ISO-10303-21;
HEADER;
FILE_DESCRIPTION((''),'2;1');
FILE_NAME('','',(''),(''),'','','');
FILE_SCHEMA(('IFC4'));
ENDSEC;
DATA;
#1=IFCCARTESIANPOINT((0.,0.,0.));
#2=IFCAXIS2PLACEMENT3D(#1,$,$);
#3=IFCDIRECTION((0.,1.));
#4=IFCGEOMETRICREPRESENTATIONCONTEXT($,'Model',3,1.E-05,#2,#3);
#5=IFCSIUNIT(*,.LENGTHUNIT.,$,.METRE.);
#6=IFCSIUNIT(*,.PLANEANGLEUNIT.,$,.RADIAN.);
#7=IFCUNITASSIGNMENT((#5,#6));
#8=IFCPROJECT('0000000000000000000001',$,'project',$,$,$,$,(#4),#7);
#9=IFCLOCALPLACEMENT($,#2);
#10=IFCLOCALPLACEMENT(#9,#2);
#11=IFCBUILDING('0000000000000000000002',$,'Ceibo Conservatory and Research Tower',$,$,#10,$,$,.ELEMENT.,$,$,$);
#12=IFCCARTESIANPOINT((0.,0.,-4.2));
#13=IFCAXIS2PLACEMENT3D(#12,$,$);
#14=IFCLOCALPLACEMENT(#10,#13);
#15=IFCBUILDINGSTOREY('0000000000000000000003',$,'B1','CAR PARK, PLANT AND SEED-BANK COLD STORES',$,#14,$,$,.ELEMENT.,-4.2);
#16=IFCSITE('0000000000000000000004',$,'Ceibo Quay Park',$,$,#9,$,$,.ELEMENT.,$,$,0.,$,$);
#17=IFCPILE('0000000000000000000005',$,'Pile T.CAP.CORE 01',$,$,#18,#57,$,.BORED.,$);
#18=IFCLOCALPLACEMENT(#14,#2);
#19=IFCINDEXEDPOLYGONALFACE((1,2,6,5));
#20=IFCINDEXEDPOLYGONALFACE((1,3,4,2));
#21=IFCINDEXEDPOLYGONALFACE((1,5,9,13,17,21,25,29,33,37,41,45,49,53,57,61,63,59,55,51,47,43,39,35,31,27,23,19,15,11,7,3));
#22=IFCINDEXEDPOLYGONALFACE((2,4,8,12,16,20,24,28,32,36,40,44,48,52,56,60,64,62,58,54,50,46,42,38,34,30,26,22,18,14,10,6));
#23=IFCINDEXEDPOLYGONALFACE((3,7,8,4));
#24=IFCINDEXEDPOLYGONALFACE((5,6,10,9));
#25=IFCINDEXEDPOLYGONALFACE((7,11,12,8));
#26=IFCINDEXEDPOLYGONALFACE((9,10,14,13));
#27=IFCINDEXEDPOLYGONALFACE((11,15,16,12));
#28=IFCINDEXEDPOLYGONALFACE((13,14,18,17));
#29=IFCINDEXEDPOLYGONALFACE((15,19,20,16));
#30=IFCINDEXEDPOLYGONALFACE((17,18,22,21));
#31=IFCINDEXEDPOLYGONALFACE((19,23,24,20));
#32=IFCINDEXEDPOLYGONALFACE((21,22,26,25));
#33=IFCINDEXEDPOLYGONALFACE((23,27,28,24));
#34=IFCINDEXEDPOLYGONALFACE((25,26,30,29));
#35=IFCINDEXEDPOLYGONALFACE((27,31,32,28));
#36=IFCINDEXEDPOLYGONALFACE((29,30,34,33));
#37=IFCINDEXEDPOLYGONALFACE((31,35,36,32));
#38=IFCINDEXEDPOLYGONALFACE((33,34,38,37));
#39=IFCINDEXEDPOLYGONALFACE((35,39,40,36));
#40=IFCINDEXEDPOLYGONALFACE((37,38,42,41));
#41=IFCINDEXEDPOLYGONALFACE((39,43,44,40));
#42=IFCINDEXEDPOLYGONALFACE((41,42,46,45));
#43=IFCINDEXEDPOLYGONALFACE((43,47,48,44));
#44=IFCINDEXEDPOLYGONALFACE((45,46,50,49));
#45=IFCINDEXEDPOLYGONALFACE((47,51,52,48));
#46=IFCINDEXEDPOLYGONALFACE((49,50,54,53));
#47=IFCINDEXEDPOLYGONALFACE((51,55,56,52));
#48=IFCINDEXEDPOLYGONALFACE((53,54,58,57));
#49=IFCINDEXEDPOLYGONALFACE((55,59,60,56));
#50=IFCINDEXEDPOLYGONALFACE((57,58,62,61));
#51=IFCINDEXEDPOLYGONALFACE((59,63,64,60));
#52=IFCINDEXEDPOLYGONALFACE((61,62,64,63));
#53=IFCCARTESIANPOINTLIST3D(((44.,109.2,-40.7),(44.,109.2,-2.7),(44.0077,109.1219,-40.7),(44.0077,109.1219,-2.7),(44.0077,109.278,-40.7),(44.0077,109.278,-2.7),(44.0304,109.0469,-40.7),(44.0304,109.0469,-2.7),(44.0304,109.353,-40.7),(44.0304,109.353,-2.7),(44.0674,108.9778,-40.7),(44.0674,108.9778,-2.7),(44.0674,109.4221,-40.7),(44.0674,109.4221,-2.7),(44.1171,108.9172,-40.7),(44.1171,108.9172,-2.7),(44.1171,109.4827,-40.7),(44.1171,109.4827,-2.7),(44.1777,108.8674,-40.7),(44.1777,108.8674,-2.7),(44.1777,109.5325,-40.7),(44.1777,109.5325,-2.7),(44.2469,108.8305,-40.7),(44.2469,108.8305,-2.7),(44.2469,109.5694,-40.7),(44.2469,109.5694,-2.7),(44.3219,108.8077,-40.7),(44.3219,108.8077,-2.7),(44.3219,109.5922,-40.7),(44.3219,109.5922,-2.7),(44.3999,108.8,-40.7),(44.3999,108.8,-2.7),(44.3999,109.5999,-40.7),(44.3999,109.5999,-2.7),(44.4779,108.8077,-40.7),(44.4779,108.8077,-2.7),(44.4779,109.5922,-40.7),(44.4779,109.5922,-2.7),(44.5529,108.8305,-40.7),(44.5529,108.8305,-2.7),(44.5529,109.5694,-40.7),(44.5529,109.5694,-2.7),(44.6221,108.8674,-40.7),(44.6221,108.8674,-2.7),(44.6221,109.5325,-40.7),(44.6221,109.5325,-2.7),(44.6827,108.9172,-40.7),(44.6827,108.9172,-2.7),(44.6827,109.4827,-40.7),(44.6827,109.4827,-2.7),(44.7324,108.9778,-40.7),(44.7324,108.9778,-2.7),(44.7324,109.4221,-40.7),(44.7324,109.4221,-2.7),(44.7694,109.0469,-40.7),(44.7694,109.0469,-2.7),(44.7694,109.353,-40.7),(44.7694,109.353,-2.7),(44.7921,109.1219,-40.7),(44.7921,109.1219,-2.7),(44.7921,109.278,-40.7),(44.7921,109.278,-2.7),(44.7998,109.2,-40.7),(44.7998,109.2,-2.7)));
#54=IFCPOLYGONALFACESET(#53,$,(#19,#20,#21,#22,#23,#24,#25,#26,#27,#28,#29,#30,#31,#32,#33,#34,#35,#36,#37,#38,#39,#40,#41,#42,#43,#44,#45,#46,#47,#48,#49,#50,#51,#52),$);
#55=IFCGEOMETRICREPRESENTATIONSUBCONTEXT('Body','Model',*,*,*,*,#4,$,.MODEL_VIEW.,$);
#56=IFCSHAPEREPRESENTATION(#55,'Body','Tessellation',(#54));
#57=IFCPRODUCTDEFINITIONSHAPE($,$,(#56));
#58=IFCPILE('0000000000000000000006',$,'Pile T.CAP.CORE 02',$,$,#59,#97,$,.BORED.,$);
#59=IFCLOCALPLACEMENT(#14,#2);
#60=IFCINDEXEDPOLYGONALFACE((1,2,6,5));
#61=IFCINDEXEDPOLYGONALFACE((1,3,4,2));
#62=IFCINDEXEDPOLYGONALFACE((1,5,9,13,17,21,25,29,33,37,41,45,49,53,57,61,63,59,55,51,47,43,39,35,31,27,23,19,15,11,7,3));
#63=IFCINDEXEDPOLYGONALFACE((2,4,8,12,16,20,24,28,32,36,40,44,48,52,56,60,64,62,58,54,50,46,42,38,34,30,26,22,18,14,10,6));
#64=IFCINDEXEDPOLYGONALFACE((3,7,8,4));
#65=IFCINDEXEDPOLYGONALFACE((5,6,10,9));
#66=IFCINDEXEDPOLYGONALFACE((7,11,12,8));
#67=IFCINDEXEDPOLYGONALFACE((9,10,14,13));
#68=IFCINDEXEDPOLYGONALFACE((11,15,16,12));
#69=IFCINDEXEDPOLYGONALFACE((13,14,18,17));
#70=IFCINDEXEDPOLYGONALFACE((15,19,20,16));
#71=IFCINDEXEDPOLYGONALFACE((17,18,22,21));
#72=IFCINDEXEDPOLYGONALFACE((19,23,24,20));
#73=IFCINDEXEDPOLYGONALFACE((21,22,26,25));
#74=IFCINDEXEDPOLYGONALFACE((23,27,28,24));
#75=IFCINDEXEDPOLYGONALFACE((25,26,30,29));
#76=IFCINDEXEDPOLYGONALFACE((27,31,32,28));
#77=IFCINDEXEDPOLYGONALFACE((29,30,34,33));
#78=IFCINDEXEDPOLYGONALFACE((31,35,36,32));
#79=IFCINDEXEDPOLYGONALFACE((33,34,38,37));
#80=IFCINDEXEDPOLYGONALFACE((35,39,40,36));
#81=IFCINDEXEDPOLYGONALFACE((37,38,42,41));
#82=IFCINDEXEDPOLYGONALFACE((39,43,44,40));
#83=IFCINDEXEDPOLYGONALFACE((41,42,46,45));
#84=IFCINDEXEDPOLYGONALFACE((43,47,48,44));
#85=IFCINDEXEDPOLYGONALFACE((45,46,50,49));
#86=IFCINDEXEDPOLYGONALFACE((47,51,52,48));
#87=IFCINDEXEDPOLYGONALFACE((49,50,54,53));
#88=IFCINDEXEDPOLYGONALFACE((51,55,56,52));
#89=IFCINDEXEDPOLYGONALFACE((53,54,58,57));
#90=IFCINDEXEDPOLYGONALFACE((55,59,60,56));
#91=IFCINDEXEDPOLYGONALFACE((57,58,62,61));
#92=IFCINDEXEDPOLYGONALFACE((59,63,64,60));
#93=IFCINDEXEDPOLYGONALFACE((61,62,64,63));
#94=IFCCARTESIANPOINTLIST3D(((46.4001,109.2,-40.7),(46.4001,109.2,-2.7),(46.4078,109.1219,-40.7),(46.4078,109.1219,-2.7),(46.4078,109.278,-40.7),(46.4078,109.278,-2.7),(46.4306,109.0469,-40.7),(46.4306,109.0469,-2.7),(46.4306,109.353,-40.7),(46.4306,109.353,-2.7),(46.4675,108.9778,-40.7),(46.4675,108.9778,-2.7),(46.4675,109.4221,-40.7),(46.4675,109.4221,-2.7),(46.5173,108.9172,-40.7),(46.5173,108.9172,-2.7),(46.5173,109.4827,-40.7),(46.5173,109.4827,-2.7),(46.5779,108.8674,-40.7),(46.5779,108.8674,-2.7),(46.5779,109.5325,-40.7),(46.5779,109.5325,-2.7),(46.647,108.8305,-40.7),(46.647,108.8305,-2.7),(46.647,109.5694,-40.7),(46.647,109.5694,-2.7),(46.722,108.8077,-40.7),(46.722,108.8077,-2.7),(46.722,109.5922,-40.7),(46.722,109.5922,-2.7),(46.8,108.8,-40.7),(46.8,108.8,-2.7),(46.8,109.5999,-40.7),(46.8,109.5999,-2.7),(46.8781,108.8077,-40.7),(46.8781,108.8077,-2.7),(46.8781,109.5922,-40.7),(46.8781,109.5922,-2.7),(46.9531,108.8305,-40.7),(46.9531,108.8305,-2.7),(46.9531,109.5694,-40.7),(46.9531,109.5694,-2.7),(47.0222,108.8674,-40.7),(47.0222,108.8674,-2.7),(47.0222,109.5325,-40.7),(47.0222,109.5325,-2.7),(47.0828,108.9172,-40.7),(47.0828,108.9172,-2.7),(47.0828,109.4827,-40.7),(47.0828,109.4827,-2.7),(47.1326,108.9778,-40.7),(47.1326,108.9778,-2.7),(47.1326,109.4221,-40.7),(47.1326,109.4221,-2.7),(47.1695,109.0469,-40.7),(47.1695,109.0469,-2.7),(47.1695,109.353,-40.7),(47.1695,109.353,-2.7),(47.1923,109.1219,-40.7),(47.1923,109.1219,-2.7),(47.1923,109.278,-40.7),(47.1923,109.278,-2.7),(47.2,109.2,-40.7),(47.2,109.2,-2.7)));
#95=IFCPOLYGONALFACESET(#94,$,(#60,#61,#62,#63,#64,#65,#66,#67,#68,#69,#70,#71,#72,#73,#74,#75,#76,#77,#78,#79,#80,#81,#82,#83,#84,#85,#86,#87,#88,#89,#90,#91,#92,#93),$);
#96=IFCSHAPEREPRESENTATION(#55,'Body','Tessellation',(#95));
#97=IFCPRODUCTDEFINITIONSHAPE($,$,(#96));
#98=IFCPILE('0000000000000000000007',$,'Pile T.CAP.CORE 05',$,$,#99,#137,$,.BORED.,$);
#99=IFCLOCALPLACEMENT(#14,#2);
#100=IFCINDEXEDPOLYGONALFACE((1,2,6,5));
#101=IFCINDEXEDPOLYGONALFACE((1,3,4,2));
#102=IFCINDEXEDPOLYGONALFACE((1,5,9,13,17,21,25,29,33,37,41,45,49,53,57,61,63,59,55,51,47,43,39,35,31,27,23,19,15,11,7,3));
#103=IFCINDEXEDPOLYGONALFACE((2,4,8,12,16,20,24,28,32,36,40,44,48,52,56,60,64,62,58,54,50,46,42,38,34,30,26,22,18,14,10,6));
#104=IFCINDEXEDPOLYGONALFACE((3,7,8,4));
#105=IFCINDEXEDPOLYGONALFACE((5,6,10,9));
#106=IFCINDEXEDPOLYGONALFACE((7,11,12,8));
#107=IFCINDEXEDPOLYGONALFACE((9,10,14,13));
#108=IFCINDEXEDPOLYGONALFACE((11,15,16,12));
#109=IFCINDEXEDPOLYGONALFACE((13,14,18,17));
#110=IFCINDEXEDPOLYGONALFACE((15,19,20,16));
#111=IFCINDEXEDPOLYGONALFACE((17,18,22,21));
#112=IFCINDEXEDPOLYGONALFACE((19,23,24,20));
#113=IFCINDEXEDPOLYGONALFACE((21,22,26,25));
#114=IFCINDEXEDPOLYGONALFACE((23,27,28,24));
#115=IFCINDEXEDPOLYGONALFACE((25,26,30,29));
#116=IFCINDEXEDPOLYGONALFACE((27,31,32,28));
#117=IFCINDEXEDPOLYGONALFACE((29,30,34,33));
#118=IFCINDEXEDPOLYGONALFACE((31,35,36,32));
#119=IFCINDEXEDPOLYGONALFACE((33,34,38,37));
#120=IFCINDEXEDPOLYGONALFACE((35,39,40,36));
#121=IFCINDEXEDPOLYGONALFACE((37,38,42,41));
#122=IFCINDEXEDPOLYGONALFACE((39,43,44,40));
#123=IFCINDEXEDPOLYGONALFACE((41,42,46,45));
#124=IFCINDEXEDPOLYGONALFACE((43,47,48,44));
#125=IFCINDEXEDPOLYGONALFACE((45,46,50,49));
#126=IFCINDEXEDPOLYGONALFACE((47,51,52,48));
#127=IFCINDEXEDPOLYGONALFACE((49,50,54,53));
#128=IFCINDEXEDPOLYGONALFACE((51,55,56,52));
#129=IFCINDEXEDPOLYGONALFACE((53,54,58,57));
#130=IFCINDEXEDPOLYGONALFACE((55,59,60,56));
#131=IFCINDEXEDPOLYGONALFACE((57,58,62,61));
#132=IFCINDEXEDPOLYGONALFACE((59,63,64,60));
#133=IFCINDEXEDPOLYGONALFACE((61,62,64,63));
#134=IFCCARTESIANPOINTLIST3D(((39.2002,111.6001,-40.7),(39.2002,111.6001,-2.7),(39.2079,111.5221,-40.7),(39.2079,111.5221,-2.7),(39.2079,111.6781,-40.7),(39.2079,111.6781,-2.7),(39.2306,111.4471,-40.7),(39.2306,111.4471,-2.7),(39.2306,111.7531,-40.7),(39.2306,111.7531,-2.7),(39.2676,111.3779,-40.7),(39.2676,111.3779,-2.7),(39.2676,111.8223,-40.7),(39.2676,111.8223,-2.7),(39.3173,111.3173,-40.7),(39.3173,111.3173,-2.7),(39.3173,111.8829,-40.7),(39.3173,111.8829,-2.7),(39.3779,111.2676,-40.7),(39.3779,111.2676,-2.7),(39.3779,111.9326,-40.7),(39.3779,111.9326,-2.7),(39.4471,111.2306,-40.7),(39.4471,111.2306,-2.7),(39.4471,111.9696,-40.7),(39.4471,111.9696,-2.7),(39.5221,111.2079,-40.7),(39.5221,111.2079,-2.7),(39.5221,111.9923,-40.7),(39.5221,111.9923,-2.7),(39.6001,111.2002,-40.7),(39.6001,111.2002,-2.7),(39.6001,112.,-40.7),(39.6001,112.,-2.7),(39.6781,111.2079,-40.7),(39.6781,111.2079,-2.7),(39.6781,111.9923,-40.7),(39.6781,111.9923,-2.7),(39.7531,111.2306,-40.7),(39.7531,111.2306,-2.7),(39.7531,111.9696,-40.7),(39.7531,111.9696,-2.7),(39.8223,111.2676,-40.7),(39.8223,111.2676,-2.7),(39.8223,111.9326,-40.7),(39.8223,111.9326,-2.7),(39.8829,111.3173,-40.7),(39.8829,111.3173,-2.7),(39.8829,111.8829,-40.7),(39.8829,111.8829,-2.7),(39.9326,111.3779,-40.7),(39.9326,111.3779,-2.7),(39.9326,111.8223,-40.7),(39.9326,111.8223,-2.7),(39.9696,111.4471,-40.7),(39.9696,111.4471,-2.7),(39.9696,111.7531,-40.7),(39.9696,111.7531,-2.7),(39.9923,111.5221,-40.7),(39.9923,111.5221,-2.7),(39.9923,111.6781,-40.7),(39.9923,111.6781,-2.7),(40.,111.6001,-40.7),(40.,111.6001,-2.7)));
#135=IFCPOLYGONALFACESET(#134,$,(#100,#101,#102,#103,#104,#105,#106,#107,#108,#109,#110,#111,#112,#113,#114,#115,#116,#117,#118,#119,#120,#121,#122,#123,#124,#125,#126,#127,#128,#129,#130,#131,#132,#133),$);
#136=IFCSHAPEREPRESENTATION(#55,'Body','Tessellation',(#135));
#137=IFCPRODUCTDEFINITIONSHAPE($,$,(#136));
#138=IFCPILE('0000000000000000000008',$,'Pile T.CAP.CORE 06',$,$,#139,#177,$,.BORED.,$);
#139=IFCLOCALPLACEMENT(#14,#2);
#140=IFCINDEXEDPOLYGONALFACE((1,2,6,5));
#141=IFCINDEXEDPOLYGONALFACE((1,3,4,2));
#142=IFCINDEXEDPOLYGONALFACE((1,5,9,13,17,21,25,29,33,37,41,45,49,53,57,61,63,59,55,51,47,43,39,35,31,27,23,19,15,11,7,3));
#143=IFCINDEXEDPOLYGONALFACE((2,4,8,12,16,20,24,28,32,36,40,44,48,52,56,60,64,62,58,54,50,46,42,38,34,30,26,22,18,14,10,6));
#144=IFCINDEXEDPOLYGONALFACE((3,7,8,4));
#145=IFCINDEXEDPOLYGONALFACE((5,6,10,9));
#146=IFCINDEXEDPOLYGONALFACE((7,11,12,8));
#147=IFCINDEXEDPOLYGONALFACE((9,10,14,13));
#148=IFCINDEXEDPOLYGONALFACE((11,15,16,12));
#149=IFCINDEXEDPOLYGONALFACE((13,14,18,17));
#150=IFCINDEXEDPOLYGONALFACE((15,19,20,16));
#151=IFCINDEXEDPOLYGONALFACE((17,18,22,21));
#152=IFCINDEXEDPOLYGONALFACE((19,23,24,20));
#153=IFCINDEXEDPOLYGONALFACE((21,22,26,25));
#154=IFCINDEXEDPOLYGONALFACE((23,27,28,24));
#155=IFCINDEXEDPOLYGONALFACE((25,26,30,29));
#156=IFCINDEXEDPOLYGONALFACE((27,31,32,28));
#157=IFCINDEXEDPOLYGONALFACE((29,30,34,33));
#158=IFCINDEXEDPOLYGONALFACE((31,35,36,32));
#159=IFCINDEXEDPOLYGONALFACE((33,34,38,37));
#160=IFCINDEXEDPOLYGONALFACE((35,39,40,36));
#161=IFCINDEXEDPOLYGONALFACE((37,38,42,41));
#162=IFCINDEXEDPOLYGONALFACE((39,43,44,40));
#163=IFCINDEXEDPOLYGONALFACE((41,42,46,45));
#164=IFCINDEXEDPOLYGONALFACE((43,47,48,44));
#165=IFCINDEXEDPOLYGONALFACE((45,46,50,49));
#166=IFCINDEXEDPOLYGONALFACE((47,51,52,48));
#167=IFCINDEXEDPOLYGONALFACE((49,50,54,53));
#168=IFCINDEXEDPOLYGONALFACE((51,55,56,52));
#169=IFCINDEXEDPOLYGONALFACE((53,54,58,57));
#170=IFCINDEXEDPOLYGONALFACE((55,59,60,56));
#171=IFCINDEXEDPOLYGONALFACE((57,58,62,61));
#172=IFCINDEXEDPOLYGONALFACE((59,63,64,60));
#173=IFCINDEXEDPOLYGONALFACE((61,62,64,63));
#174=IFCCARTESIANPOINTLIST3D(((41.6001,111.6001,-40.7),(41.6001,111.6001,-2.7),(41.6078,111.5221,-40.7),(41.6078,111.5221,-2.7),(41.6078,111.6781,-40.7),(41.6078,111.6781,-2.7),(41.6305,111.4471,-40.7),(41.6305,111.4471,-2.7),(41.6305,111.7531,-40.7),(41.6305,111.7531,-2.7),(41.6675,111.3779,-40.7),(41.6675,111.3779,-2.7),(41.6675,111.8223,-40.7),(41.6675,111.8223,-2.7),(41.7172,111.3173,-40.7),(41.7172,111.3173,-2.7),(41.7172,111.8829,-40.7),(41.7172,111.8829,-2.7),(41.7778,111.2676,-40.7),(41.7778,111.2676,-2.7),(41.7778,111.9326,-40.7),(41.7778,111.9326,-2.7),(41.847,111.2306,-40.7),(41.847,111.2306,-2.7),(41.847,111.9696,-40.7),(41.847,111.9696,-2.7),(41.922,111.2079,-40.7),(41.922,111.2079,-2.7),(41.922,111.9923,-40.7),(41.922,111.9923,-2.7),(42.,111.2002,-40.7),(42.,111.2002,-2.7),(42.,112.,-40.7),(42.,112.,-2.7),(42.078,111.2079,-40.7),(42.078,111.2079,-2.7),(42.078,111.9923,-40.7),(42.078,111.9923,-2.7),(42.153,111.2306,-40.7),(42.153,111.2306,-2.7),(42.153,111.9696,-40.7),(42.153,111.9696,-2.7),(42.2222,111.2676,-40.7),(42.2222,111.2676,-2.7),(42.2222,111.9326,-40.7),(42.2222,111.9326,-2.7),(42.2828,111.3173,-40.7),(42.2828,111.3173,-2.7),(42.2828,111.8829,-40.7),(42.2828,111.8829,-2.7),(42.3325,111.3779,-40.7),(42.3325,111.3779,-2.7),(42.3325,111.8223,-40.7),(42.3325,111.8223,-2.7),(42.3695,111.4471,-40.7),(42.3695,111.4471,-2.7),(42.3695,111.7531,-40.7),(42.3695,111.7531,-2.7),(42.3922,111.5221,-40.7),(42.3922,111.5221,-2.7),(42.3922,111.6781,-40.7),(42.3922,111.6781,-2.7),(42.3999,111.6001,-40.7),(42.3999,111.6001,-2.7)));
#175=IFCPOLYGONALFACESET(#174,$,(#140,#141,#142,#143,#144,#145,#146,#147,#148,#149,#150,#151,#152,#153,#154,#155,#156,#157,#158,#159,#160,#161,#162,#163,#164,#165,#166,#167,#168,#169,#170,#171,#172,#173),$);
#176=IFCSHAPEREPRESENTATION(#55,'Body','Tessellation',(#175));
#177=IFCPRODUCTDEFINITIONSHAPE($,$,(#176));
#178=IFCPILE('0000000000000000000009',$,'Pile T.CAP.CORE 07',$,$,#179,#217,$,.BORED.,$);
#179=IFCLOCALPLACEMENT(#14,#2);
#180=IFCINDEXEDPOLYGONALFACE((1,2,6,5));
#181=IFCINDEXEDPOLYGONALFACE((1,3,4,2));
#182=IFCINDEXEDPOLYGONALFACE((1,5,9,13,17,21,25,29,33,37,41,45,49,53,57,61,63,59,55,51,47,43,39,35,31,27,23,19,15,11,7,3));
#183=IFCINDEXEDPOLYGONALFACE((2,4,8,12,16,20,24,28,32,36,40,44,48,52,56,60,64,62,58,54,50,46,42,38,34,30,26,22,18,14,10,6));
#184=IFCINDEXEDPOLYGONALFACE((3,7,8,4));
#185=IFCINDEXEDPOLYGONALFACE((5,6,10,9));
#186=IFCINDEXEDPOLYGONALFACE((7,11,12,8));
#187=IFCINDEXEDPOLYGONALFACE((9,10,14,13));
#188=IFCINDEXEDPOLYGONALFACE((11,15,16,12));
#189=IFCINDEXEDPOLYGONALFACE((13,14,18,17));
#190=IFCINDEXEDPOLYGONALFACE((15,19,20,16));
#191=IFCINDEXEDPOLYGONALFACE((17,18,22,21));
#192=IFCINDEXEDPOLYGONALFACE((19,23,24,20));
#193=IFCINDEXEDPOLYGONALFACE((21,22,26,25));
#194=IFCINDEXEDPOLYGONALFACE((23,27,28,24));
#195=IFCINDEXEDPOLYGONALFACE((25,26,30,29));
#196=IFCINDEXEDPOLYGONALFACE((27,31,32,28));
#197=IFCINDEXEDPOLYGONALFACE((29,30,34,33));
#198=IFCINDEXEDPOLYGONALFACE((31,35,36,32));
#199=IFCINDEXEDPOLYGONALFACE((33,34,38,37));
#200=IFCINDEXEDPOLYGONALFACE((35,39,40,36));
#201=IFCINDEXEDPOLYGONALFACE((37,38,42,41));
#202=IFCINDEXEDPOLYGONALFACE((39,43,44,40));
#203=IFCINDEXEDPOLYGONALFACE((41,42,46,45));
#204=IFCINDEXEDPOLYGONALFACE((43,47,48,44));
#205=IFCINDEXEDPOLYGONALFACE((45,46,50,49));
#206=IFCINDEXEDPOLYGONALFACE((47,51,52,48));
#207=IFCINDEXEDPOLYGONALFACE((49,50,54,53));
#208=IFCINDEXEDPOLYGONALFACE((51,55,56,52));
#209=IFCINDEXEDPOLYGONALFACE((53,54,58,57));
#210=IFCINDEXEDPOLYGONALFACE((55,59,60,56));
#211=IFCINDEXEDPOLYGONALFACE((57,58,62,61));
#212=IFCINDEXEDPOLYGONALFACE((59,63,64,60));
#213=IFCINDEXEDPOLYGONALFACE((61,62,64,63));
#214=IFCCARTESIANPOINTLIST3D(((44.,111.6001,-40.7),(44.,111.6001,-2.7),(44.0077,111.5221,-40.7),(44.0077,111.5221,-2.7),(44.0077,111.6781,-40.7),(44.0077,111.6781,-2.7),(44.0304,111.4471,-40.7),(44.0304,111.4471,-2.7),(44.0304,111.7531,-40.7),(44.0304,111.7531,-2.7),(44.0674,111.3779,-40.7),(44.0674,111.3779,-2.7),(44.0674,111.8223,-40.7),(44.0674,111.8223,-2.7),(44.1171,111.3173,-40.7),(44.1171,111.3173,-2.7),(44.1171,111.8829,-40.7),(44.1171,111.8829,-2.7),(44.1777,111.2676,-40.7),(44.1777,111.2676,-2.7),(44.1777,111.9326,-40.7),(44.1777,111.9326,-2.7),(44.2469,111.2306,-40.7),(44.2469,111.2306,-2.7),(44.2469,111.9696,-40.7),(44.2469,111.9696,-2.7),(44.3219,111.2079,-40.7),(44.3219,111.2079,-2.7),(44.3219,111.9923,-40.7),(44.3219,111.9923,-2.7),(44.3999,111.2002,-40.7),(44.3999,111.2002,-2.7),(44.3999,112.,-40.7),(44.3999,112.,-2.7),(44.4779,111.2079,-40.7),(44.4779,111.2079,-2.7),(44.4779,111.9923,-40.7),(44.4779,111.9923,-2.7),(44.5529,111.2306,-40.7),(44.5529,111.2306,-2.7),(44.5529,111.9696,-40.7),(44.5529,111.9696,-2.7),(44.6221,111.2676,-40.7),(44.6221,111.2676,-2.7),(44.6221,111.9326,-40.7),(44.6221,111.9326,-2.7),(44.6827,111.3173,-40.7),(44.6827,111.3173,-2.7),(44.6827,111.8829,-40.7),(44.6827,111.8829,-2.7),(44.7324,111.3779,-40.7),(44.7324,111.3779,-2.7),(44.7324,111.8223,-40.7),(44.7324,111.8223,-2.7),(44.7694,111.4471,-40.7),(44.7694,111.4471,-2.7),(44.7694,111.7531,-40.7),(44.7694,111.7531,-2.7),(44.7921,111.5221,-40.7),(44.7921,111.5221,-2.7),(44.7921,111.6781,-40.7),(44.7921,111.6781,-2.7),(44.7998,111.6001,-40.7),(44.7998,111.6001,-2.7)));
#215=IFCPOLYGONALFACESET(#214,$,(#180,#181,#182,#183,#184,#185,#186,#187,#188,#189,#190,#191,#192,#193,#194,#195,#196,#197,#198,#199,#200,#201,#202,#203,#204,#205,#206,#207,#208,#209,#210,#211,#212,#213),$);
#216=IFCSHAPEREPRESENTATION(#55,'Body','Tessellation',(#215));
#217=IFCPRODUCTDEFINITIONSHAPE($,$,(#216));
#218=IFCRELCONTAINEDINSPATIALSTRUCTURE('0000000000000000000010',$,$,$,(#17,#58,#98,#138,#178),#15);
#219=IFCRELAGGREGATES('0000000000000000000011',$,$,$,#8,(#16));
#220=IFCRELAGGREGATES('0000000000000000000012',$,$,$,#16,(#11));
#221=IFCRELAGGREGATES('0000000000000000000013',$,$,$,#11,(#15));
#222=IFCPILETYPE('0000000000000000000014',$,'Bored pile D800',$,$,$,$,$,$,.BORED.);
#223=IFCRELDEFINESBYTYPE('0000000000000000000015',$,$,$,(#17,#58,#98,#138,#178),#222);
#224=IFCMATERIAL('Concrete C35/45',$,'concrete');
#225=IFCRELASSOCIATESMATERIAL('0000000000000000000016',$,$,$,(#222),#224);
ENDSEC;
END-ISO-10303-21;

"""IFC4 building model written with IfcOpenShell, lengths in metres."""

from ifc_helpers import new_model, si_unit, direction, frame, origin, origin_2d, place, context, subcontext, project, spatial, circle, extrude, material, material_profile, profile_set, type_object, element, save


model = new_model("IFC4")

# Units and contexts
model_context = context("Model", 3, precision=1e-05, world=origin(), true_north=direction((0.0, 1.0)))
body_context = subcontext(model_context, "Body", "Model", "MODEL_VIEW")
ifc_project = project(units=[si_unit("LENGTHUNIT", "METRE"), si_unit("PLANEANGLEUNIT", "RADIAN")], contexts=[model_context])

# Site, building, storey
site_placement = place(None, origin())
site = spatial("IfcSite", under=ifc_project, at=site_placement, Name="Ceibo Quay Park", CompositionType="ELEMENT", RefElevation=0.0)
building_placement = place(site_placement, origin())
building = spatial("IfcBuilding", under=site, at=building_placement, Name="Ceibo Conservatory and Research Tower", CompositionType="ELEMENT")
storey_placement = place(building_placement, frame((0.0, 0.0, -4.2)))
storey = spatial("IfcBuildingStorey", under=building, at=storey_placement, Name="B1", Description="CAR PARK, PLANT AND SEED-BANK COLD STORES", CompositionType="ELEMENT", Elevation=-4.2)

# Piles
ifc_material_1 = material(Name="Concrete C35/45", Category="concrete")
ifc_material_profile = material_profile(ifc_material_1, circle(Radius=0.3999, at=origin_2d()), Name="RC D800")
ifc_profile_set = profile_set([ifc_material_profile], Name="Concrete C35/45")
pile_type = type_object("IfcPileType", Name="Bored pile D800", PredefinedType="BORED", material=ifc_profile_set)
for number, where, z_axis, x_axis, name in (
    (1, (44.3999, 109.2, -2.7), (0.0, 0.0, -1.0), (1.0, 0.0, 0.0), "Pile T.CAP.CORE 01"),
    (2, (46.8, 109.2, -2.7), (0.0, 0.0, -1.0), (1.0, 0.0, 0.0), "Pile T.CAP.CORE 02"),
    (3, (39.6001, 111.6001, -2.7), (0.0, 0.0, -1.0), (1.0, 0.0, 0.0), "Pile T.CAP.CORE 05"),
    (4, (42.0, 111.6001, -2.7), (0.0, 0.0, -1.0), (1.0, 0.0, 0.0), "Pile T.CAP.CORE 06"),
    (5, (44.3999, 111.6001, -2.7), (0.0, 0.0, -1.0), (1.0, 0.0, 0.0), "Pile T.CAP.CORE 07"),
):
    element("IfcPile", number, at=place(storey_placement, frame(where, z_axis=z_axis, x_axis=x_axis)), inside=storey, type_object=pile_type, Name=name, PredefinedType="BORED", context=body_context, shape_type="SweptSolid", body=[
        extrude(circle(Radius=0.3999, at=origin_2d()), origin(), (0.0, 0.0, 1.0), 38.0),
    ])

save(model, "model.ifc")
